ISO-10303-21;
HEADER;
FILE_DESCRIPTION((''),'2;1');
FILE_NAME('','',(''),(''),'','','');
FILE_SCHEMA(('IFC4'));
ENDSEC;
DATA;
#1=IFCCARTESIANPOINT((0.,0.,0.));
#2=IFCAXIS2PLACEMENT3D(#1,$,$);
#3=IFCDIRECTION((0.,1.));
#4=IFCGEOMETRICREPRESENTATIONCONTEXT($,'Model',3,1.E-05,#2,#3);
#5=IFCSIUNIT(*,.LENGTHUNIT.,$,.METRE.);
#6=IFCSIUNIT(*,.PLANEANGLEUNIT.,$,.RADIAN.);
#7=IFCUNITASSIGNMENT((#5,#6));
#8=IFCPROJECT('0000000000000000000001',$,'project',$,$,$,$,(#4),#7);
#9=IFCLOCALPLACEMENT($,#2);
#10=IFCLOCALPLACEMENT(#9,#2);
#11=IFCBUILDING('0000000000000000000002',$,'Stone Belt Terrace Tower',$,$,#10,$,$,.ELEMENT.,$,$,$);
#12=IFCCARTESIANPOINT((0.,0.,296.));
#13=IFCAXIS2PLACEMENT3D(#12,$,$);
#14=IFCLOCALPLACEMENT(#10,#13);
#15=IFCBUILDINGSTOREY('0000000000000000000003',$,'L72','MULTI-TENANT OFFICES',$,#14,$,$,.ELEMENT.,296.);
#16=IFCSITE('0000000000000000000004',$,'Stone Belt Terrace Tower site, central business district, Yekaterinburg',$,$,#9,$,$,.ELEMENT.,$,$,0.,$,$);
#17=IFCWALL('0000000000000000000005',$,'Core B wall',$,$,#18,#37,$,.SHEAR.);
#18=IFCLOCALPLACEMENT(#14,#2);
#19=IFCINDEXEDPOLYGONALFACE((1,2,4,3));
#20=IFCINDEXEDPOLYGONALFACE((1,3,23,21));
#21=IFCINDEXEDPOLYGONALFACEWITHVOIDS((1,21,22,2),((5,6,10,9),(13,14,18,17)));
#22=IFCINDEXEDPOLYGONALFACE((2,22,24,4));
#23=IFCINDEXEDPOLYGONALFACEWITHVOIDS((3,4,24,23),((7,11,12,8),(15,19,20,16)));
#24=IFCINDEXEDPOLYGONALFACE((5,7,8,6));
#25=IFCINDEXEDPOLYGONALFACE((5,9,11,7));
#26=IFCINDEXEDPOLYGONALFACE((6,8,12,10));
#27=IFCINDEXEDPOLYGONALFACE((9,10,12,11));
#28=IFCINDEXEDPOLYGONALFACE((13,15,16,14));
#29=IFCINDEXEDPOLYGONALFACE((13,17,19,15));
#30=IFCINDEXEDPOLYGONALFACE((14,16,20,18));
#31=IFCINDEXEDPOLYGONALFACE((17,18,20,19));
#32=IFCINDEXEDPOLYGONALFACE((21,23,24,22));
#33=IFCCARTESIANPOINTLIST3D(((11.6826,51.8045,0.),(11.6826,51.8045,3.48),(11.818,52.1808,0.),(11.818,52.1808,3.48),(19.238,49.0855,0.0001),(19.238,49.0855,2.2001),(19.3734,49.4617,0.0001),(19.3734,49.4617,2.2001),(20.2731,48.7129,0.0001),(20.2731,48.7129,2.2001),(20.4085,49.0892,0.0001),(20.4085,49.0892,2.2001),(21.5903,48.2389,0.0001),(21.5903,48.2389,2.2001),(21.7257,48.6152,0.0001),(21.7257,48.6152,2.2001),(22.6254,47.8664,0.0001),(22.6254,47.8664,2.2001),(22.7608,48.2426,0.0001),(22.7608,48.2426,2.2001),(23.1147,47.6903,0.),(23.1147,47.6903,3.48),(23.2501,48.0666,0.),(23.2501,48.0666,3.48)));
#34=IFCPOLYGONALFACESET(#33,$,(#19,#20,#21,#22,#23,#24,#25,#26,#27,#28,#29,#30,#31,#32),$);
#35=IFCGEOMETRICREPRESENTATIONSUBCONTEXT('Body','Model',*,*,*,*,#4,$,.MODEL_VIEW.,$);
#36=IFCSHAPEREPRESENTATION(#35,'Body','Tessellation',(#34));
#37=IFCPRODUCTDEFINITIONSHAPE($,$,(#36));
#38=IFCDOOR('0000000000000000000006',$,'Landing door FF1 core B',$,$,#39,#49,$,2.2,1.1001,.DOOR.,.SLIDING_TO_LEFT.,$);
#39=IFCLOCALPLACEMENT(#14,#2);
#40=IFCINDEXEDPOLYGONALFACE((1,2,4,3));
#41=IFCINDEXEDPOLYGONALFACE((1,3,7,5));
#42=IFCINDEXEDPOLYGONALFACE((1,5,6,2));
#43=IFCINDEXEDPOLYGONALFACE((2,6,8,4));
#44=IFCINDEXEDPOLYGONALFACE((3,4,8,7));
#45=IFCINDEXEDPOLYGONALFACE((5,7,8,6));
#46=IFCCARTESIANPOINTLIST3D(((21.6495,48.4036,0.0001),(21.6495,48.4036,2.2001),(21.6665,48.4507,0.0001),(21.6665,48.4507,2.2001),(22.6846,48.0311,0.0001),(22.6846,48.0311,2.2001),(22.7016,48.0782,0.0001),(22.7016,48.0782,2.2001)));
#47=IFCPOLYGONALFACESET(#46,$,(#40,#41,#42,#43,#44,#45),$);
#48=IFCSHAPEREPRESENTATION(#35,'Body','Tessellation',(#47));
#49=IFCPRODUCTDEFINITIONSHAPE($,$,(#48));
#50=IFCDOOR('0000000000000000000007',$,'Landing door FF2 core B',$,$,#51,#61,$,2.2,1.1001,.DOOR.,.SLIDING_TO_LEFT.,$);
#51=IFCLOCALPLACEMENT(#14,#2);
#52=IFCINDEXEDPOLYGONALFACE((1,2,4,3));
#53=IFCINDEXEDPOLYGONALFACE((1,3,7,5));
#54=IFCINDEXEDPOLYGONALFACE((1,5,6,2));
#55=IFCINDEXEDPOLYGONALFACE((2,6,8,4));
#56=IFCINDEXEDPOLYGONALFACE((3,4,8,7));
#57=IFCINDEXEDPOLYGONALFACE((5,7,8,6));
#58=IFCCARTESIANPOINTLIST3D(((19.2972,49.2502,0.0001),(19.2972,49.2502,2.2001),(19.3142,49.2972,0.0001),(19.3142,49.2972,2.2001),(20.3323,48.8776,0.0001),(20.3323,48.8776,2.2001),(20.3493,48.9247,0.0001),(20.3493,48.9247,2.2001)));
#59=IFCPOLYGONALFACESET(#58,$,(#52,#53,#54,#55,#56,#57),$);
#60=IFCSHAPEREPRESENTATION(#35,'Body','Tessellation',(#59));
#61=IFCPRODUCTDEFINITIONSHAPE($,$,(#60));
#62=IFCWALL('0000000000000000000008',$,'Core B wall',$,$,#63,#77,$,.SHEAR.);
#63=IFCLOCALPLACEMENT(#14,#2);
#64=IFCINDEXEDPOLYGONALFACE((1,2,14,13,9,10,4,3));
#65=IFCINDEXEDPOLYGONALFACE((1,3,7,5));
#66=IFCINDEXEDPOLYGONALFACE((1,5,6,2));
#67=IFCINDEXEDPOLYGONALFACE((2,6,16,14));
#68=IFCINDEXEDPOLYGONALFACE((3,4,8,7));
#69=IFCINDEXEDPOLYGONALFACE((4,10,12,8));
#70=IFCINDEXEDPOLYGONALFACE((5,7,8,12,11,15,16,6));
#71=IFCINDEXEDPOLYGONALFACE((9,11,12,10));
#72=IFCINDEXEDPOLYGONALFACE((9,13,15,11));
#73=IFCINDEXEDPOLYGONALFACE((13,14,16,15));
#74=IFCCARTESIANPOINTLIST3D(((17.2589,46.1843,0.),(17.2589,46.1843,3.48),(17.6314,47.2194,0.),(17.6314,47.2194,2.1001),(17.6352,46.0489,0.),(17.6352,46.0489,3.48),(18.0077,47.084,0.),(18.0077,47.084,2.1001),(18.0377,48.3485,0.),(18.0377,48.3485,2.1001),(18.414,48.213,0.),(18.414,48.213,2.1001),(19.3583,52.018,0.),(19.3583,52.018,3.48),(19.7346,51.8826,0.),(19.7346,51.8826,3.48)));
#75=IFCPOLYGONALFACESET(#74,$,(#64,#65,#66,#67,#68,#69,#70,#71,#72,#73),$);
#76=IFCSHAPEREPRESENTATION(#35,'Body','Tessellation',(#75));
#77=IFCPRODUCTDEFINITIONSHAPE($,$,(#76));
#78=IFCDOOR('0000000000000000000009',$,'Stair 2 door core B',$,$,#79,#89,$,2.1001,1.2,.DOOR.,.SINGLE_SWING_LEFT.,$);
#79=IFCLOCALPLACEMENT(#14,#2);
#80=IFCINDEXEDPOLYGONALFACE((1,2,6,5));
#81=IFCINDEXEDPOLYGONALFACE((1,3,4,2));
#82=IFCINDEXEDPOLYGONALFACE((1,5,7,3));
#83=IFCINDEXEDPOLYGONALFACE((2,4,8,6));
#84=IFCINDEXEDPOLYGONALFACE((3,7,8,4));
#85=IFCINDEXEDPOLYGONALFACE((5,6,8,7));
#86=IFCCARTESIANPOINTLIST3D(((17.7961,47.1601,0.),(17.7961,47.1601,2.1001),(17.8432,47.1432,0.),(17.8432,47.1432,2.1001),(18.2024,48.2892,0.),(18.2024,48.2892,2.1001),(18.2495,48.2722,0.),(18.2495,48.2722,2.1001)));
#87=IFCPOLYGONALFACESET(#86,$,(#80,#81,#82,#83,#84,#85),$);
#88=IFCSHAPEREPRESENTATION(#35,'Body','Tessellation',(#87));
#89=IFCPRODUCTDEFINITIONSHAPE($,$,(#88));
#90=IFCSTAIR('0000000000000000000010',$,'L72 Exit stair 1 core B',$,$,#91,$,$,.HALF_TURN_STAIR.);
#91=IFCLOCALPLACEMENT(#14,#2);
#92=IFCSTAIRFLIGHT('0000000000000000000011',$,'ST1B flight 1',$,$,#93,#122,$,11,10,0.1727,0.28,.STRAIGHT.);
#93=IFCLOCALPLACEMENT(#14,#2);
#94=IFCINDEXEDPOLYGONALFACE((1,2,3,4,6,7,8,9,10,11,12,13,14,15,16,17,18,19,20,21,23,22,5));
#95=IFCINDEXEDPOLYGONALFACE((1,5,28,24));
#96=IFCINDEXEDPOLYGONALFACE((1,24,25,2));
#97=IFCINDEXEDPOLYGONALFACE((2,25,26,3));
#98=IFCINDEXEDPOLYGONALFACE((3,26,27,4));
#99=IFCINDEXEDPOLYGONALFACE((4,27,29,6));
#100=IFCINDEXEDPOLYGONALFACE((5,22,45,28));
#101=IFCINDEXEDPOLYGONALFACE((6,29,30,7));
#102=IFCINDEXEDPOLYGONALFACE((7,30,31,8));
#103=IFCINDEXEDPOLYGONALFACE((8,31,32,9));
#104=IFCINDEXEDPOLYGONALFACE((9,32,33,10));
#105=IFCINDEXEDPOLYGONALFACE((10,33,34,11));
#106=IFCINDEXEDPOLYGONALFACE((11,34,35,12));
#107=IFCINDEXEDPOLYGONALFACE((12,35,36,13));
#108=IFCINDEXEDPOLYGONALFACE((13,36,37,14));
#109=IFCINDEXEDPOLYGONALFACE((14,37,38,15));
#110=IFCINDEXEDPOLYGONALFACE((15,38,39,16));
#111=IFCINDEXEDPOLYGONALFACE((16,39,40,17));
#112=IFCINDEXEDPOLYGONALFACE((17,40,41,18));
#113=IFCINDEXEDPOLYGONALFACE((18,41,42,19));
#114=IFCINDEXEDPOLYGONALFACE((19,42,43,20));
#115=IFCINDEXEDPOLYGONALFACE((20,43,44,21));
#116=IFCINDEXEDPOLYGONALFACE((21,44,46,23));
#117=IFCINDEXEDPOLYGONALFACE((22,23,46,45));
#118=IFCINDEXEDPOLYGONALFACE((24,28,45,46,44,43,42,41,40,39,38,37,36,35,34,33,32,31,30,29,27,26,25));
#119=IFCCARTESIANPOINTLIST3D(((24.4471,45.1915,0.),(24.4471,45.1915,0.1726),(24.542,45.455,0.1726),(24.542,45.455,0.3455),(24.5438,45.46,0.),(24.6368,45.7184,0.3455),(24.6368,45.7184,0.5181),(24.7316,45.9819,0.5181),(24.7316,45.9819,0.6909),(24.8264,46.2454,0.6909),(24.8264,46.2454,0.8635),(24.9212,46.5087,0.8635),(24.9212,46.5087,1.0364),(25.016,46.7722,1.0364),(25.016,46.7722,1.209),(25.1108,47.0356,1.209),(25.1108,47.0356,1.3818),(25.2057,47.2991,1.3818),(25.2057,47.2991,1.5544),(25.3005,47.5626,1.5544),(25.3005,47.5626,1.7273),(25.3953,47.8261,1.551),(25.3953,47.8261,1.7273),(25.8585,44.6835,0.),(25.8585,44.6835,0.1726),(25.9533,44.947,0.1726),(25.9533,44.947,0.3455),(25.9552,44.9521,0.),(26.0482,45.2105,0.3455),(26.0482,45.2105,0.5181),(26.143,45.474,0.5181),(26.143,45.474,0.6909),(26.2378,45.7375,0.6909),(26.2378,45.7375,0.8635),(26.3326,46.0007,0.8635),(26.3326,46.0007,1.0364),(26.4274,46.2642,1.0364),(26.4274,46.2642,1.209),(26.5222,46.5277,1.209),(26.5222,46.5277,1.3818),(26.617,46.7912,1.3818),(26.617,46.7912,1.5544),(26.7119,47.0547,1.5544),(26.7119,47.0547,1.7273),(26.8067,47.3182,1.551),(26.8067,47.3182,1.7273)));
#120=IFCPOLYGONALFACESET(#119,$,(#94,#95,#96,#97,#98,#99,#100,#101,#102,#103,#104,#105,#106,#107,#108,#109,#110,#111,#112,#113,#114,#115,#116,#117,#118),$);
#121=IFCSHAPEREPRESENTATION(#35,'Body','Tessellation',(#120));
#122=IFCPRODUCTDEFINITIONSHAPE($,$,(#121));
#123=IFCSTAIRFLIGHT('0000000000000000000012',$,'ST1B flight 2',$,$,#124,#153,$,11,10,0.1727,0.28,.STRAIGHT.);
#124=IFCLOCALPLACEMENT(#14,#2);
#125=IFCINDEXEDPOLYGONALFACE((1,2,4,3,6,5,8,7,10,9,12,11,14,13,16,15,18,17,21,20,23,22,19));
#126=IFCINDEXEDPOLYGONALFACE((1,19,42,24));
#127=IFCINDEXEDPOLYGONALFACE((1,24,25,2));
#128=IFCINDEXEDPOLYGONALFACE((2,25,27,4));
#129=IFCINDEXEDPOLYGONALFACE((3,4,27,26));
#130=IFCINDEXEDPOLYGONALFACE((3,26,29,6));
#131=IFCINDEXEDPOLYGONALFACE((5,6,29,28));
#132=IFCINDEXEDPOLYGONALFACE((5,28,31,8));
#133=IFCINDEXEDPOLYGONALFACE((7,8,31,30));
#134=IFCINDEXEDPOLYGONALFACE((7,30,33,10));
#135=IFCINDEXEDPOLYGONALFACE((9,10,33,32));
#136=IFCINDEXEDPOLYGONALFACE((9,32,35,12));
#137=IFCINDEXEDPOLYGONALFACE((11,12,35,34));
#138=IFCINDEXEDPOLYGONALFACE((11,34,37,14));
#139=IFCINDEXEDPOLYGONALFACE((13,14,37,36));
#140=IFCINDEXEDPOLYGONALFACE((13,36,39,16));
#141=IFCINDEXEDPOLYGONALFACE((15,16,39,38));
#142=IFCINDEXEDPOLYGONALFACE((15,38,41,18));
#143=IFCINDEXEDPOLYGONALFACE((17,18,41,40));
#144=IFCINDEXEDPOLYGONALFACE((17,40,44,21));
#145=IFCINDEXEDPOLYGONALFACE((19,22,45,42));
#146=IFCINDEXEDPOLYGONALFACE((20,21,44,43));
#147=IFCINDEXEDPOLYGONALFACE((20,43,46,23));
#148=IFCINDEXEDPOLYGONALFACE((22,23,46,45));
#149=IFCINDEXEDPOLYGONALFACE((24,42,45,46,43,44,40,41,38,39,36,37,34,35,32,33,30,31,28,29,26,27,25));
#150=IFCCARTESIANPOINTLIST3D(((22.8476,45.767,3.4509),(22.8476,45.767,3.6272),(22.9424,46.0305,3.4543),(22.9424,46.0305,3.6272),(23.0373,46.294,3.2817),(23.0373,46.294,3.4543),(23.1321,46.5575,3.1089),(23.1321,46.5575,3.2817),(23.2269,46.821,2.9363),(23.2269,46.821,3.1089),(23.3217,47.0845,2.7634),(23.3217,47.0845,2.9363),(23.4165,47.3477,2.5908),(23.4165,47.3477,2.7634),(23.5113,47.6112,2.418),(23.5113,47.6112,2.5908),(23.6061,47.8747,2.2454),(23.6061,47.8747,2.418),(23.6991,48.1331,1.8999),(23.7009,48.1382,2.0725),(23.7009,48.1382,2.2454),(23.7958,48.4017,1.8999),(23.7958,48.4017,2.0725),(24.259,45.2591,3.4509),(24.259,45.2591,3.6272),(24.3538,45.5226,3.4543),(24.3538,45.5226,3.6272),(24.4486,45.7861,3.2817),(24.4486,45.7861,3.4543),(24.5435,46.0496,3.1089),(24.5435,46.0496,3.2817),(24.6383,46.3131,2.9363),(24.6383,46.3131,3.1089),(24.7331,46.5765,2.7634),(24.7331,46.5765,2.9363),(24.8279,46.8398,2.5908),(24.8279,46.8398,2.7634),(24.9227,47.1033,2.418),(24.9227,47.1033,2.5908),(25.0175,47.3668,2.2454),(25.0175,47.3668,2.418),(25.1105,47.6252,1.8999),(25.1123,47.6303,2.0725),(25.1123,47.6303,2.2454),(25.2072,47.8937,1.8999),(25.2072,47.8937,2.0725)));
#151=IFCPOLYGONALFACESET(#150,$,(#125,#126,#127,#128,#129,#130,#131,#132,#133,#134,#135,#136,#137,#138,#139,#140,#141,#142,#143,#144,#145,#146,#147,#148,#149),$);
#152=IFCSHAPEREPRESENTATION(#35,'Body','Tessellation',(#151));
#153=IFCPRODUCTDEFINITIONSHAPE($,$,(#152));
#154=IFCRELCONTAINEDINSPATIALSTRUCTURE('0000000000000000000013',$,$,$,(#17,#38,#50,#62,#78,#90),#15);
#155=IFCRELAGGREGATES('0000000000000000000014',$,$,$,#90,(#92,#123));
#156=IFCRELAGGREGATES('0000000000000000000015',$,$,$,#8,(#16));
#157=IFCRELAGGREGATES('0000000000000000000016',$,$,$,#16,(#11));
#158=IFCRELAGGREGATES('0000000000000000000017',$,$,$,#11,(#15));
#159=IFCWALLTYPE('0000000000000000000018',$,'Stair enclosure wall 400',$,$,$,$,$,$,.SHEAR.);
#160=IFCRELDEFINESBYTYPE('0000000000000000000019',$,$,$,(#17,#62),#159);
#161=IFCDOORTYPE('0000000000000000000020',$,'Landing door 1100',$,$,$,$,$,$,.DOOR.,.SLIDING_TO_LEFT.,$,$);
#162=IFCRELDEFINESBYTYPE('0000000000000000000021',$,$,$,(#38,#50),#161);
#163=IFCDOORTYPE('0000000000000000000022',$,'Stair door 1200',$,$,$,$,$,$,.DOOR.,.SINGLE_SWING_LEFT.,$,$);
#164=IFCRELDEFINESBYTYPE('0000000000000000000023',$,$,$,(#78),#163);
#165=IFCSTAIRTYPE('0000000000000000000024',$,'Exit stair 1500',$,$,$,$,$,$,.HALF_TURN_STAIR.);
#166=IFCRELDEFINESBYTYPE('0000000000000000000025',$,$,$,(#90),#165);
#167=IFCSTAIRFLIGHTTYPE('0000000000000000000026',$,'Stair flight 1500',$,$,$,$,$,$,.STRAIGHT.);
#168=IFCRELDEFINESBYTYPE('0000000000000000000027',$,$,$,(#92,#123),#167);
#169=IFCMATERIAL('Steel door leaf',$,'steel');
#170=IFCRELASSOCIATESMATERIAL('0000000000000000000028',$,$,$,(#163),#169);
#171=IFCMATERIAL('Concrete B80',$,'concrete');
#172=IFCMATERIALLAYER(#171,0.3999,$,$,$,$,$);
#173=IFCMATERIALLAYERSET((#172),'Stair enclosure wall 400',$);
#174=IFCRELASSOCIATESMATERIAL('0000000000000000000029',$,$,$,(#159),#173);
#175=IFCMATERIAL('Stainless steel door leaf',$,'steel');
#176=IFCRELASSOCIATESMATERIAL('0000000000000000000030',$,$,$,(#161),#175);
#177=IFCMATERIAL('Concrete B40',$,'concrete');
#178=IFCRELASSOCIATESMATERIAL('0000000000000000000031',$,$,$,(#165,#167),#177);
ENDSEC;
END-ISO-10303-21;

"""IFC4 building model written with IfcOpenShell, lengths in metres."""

from ifc_helpers import new_model, si_unit, direction, frame, frame_2d, origin, place, context, subcontext, project, spatial, polyline, rectangle, outline, extrude, material, layer, layer_set, type_object, element, fill, aggregate, save


model = new_model("IFC4")

# Units and contexts
model_context = context("Model", 3, precision=1e-05, world=origin(), true_north=direction((0.0, 1.0)))
body_context = subcontext(model_context, "Body", "Model", "MODEL_VIEW")
ifc_project = project(units=[si_unit("LENGTHUNIT", "METRE"), si_unit("PLANEANGLEUNIT", "RADIAN")], contexts=[model_context])

# Site, building, storey
site_placement = place(None, origin())
site = spatial("IfcSite", under=ifc_project, at=site_placement, Name="Stone Belt Terrace Tower site, central business district, Yekaterinburg", CompositionType="ELEMENT", RefElevation=0.0)
building_placement = place(site_placement, origin())
building = spatial("IfcBuilding", under=site, at=building_placement, Name="Stone Belt Terrace Tower", CompositionType="ELEMENT")
storey_placement = place(building_placement, frame((0.0, 0.0, 296.0)))
storey = spatial("IfcBuildingStorey", under=building, at=storey_placement, Name="L72", Description="MULTI-TENANT OFFICES", CompositionType="ELEMENT", Elevation=296.0)

# Shared definitions
ifc_material_1 = material(Name="Steel door leaf", Category="steel")
door_type_1 = type_object("IfcDoorType", Name="Stair door 1200", OperationType="SINGLE_SWING_LEFT", PredefinedType="DOOR", material=ifc_material_1)
ifc_material_2 = material(Name="Concrete B80", Category="concrete")
ifc_layer_1 = layer(ifc_material_2, 0.3999)
ifc_layer_set_1 = layer_set([ifc_layer_1], Name="Stair enclosure wall 400")
wall_type_1 = type_object("IfcWallType", Name="Stair enclosure wall 400", PredefinedType="SHEAR", material=ifc_layer_set_1)

# Wall, openings, doors
wall_1_placement = place(storey_placement, frame((23.1824, 47.8784, 0.0), z_axis=(0.0, 0.0, 1.0), x_axis=(-0.940922, 0.338624, 0.0)))
wall_1 = element("IfcWall", 1, at=wall_1_placement, inside=storey, type_object=wall_type_1, Name="Core B wall", PredefinedType="SHEAR", context=body_context, shape_type="SweptSolid", body=[
    extrude(rectangle(XDim=12.1499, YDim=0.3999, at=frame_2d((6.075, 0.0))), origin(), (0.0, 0.0, 1.0), 3.48),
])
opening_1_placement = place(wall_1_placement, frame((0.52, 0.0, 0.0)))
opening_1 = element("IfcOpeningElement", 2, at=opening_1_placement, cuts=wall_1, PredefinedType="OPENING", context=body_context, shape_type="SweptSolid", body=[
    extrude(rectangle(XDim=1.1001, YDim=2.2, at=frame_2d((0.55, 1.1001))), frame((0.0, 0.21, 0.0), z_axis=(0.0, -1.0, 0.0), x_axis=(1.0, 0.0, 0.0)), (0.0, 0.0, 1.0), 0.4199),
])
opening_2_placement = place(wall_1_placement, frame((3.02, 0.0, 0.0)))
opening_2 = element("IfcOpeningElement", 3, at=opening_2_placement, cuts=wall_1, PredefinedType="OPENING", context=body_context, shape_type="SweptSolid", body=[
    extrude(rectangle(XDim=1.1001, YDim=2.2, at=frame_2d((0.55, 1.1001))), frame((0.0, 0.21, 0.0), z_axis=(0.0, -1.0, 0.0), x_axis=(1.0, 0.0, 0.0)), (0.0, 0.0, 1.0), 0.4199),
])
ifc_material_3 = material(Name="Stainless steel door leaf", Category="steel")
door_type_2 = type_object("IfcDoorType", Name="Landing door 1100", OperationType="SLIDING_TO_LEFT", PredefinedType="DOOR", material=ifc_material_3)
door_1_placement = place(opening_1_placement, origin())
door_1 = element("IfcDoor", 4, at=door_1_placement, inside=storey, type_object=door_type_2, Name="Landing door FF1 core B", OperationType="SLIDING_TO_LEFT", OverallHeight=2.2, OverallWidth=1.1001, PredefinedType="DOOR", context=body_context, shape_type="SweptSolid", body=[
    extrude(rectangle(XDim=1.1001, YDim=2.2, at=frame_2d((0.55, 1.1001))), frame((0.0, 0.0249, 0.0), z_axis=(0.0, -1.0, 0.0), x_axis=(1.0, 0.0, 0.0)), (0.0, 0.0, 1.0), 0.05),
])
fill(opening_1, door_1)
door_2_placement = place(opening_2_placement, origin())
door_2 = element("IfcDoor", 5, at=door_2_placement, inside=storey, type_object=door_type_2, Name="Landing door FF2 core B", OperationType="SLIDING_TO_LEFT", OverallHeight=2.2, OverallWidth=1.1001, PredefinedType="DOOR", context=body_context, shape_type="SweptSolid", body=[
    extrude(rectangle(XDim=1.1001, YDim=2.2, at=frame_2d((0.55, 1.1001))), frame((0.0, 0.0249, 0.0), z_axis=(0.0, -1.0, 0.0), x_axis=(1.0, 0.0, 0.0)), (0.0, 0.0, 1.0), 0.05),
])
fill(opening_2, door_2)

# Wall, opening, door
wall_2_placement = place(storey_placement, frame((17.447, 46.1165, 0.0), z_axis=(0.0, 0.0, 1.0), x_axis=(0.338608, 0.940928, 0.0)))
wall_2 = element("IfcWall", 6, at=wall_2_placement, inside=storey, type_object=wall_type_1, Name="Core B wall", PredefinedType="SHEAR", context=body_context, shape_type="SweptSolid", body=[
    extrude(rectangle(XDim=6.2, YDim=0.3999, at=frame_2d((3.1001, 0.0))), origin(), (0.0, 0.0, 1.0), 3.48),
])
opening_3_placement = place(wall_2_placement, frame((1.1001, 0.0, 0.0)))
opening_3 = element("IfcOpeningElement", 7, at=opening_3_placement, cuts=wall_2, PredefinedType="OPENING", context=body_context, shape_type="SweptSolid", body=[
    extrude(rectangle(XDim=1.2, YDim=2.1001, at=frame_2d((0.6001, 1.05))), frame((0.0, 0.21, 0.0), z_axis=(0.0, -1.0, 0.0), x_axis=(1.0, 0.0, 0.0)), (0.0, 0.0, 1.0), 0.4199),
])
door_3_placement = place(opening_3_placement, origin())
door_3 = element("IfcDoor", 8, at=door_3_placement, inside=storey, type_object=door_type_1, Name="Stair 2 door core B", OperationType="SINGLE_SWING_LEFT", OverallHeight=2.1001, OverallWidth=1.2, PredefinedType="DOOR", context=body_context, shape_type="SweptSolid", body=[
    extrude(rectangle(XDim=1.2, YDim=2.1001, at=frame_2d((0.6001, 1.05))), frame((0.0, 0.0249, 0.0), z_axis=(0.0, -1.0, 0.0), x_axis=(1.0, 0.0, 0.0)), (0.0, 0.0, 1.0), 0.05),
])
fill(opening_3, door_3)

# Stair, stair flights
ifc_material_4 = material(Name="Concrete B40", Category="concrete")
stair_type = type_object("IfcStairType", Name="Exit stair 1500", PredefinedType="HALF_TURN_STAIR", material=ifc_material_4)
stair_placement = place(storey_placement, origin())
stair = element("IfcStair", 9, at=stair_placement, inside=storey, type_object=stair_type, Name="L72 Exit stair 1 core B", PredefinedType="HALF_TURN_STAIR")
stair_flight_type = type_object("IfcStairFlightType", Name="Stair flight 1500", PredefinedType="STRAIGHT", material=ifc_material_4)
stair_flight_1_placement = place(storey_placement, frame((25.1528, 44.9375, 0.0), z_axis=(0.0, 0.0, 1.0), x_axis=(0.338624, 0.940922, 0.0)))
stair_flight_1 = element("IfcStairFlight", 10, at=stair_flight_1_placement, type_object=stair_flight_type, Name="ST1B flight 1", NumberOfRisers=11, NumberOfTreads=10, PredefinedType="STRAIGHT", RiserHeight=0.1727, TreadLength=0.28, context=body_context, shape_type="SweptSolid", body=[
    extrude(outline(polyline([(0.0, 0.0), (0.0, 0.1726), (0.28, 0.1726), (0.28, 0.3455), (0.5601, 0.3455), (0.5601, 0.5181), (0.8401, 0.5181), (0.8401, 0.6909), (1.1201, 0.6909), (1.1201, 0.8635), (1.3999, 0.8635), (1.3999, 1.0364), (1.6799, 1.0364), (1.6799, 1.209), (1.96, 1.209), (1.96, 1.3818), (2.24, 1.3818), (2.24, 1.5544), (2.52, 1.5544), (2.52, 1.7273), (2.8, 1.7273), (2.8, 1.8999), (2.8, 1.551), (0.2854, 0.0), (0.0, 0.0)])), frame((0.0, 0.75, 0.0), z_axis=(0.0, -1.0, 0.0), x_axis=(1.0, 0.0, 0.0)), (0.0, 0.0, 1.0), 1.5),
])
stair_flight_2_placement = place(storey_placement, frame((24.5015, 48.1477, 1.8999), z_axis=(0.0, 0.0, 1.0), x_axis=(-0.338624, -0.940922, 0.0)))
stair_flight_2 = element("IfcStairFlight", 11, at=stair_flight_2_placement, type_object=stair_flight_type, Name="ST1B flight 2", NumberOfRisers=11, NumberOfTreads=10, PredefinedType="STRAIGHT", RiserHeight=0.1727, TreadLength=0.28, context=body_context, shape_type="SweptSolid", body=[
    extrude(outline(polyline([(0.0, 0.0), (0.0, 0.1726), (0.28, 0.1726), (0.28, 0.3455), (0.5601, 0.3455), (0.5601, 0.5181), (0.8401, 0.5181), (0.8401, 0.6909), (1.1201, 0.6909), (1.1201, 0.8635), (1.3999, 0.8635), (1.3999, 1.0364), (1.6799, 1.0364), (1.6799, 1.209), (1.96, 1.209), (1.96, 1.3818), (2.24, 1.3818), (2.24, 1.5544), (2.52, 1.5544), (2.52, 1.7273), (2.8, 1.7273), (2.8, 1.8999), (2.8, 1.551), (0.2854, 0.0), (0.0, 0.0)])), frame((0.0, 0.75, 0.0), z_axis=(0.0, -1.0, 0.0), x_axis=(1.0, 0.0, 0.0)), (0.0, 0.0, 1.0), 1.5),
])
aggregate(stair, [stair_flight_1, stair_flight_2])

save(model, "model.ifc")
